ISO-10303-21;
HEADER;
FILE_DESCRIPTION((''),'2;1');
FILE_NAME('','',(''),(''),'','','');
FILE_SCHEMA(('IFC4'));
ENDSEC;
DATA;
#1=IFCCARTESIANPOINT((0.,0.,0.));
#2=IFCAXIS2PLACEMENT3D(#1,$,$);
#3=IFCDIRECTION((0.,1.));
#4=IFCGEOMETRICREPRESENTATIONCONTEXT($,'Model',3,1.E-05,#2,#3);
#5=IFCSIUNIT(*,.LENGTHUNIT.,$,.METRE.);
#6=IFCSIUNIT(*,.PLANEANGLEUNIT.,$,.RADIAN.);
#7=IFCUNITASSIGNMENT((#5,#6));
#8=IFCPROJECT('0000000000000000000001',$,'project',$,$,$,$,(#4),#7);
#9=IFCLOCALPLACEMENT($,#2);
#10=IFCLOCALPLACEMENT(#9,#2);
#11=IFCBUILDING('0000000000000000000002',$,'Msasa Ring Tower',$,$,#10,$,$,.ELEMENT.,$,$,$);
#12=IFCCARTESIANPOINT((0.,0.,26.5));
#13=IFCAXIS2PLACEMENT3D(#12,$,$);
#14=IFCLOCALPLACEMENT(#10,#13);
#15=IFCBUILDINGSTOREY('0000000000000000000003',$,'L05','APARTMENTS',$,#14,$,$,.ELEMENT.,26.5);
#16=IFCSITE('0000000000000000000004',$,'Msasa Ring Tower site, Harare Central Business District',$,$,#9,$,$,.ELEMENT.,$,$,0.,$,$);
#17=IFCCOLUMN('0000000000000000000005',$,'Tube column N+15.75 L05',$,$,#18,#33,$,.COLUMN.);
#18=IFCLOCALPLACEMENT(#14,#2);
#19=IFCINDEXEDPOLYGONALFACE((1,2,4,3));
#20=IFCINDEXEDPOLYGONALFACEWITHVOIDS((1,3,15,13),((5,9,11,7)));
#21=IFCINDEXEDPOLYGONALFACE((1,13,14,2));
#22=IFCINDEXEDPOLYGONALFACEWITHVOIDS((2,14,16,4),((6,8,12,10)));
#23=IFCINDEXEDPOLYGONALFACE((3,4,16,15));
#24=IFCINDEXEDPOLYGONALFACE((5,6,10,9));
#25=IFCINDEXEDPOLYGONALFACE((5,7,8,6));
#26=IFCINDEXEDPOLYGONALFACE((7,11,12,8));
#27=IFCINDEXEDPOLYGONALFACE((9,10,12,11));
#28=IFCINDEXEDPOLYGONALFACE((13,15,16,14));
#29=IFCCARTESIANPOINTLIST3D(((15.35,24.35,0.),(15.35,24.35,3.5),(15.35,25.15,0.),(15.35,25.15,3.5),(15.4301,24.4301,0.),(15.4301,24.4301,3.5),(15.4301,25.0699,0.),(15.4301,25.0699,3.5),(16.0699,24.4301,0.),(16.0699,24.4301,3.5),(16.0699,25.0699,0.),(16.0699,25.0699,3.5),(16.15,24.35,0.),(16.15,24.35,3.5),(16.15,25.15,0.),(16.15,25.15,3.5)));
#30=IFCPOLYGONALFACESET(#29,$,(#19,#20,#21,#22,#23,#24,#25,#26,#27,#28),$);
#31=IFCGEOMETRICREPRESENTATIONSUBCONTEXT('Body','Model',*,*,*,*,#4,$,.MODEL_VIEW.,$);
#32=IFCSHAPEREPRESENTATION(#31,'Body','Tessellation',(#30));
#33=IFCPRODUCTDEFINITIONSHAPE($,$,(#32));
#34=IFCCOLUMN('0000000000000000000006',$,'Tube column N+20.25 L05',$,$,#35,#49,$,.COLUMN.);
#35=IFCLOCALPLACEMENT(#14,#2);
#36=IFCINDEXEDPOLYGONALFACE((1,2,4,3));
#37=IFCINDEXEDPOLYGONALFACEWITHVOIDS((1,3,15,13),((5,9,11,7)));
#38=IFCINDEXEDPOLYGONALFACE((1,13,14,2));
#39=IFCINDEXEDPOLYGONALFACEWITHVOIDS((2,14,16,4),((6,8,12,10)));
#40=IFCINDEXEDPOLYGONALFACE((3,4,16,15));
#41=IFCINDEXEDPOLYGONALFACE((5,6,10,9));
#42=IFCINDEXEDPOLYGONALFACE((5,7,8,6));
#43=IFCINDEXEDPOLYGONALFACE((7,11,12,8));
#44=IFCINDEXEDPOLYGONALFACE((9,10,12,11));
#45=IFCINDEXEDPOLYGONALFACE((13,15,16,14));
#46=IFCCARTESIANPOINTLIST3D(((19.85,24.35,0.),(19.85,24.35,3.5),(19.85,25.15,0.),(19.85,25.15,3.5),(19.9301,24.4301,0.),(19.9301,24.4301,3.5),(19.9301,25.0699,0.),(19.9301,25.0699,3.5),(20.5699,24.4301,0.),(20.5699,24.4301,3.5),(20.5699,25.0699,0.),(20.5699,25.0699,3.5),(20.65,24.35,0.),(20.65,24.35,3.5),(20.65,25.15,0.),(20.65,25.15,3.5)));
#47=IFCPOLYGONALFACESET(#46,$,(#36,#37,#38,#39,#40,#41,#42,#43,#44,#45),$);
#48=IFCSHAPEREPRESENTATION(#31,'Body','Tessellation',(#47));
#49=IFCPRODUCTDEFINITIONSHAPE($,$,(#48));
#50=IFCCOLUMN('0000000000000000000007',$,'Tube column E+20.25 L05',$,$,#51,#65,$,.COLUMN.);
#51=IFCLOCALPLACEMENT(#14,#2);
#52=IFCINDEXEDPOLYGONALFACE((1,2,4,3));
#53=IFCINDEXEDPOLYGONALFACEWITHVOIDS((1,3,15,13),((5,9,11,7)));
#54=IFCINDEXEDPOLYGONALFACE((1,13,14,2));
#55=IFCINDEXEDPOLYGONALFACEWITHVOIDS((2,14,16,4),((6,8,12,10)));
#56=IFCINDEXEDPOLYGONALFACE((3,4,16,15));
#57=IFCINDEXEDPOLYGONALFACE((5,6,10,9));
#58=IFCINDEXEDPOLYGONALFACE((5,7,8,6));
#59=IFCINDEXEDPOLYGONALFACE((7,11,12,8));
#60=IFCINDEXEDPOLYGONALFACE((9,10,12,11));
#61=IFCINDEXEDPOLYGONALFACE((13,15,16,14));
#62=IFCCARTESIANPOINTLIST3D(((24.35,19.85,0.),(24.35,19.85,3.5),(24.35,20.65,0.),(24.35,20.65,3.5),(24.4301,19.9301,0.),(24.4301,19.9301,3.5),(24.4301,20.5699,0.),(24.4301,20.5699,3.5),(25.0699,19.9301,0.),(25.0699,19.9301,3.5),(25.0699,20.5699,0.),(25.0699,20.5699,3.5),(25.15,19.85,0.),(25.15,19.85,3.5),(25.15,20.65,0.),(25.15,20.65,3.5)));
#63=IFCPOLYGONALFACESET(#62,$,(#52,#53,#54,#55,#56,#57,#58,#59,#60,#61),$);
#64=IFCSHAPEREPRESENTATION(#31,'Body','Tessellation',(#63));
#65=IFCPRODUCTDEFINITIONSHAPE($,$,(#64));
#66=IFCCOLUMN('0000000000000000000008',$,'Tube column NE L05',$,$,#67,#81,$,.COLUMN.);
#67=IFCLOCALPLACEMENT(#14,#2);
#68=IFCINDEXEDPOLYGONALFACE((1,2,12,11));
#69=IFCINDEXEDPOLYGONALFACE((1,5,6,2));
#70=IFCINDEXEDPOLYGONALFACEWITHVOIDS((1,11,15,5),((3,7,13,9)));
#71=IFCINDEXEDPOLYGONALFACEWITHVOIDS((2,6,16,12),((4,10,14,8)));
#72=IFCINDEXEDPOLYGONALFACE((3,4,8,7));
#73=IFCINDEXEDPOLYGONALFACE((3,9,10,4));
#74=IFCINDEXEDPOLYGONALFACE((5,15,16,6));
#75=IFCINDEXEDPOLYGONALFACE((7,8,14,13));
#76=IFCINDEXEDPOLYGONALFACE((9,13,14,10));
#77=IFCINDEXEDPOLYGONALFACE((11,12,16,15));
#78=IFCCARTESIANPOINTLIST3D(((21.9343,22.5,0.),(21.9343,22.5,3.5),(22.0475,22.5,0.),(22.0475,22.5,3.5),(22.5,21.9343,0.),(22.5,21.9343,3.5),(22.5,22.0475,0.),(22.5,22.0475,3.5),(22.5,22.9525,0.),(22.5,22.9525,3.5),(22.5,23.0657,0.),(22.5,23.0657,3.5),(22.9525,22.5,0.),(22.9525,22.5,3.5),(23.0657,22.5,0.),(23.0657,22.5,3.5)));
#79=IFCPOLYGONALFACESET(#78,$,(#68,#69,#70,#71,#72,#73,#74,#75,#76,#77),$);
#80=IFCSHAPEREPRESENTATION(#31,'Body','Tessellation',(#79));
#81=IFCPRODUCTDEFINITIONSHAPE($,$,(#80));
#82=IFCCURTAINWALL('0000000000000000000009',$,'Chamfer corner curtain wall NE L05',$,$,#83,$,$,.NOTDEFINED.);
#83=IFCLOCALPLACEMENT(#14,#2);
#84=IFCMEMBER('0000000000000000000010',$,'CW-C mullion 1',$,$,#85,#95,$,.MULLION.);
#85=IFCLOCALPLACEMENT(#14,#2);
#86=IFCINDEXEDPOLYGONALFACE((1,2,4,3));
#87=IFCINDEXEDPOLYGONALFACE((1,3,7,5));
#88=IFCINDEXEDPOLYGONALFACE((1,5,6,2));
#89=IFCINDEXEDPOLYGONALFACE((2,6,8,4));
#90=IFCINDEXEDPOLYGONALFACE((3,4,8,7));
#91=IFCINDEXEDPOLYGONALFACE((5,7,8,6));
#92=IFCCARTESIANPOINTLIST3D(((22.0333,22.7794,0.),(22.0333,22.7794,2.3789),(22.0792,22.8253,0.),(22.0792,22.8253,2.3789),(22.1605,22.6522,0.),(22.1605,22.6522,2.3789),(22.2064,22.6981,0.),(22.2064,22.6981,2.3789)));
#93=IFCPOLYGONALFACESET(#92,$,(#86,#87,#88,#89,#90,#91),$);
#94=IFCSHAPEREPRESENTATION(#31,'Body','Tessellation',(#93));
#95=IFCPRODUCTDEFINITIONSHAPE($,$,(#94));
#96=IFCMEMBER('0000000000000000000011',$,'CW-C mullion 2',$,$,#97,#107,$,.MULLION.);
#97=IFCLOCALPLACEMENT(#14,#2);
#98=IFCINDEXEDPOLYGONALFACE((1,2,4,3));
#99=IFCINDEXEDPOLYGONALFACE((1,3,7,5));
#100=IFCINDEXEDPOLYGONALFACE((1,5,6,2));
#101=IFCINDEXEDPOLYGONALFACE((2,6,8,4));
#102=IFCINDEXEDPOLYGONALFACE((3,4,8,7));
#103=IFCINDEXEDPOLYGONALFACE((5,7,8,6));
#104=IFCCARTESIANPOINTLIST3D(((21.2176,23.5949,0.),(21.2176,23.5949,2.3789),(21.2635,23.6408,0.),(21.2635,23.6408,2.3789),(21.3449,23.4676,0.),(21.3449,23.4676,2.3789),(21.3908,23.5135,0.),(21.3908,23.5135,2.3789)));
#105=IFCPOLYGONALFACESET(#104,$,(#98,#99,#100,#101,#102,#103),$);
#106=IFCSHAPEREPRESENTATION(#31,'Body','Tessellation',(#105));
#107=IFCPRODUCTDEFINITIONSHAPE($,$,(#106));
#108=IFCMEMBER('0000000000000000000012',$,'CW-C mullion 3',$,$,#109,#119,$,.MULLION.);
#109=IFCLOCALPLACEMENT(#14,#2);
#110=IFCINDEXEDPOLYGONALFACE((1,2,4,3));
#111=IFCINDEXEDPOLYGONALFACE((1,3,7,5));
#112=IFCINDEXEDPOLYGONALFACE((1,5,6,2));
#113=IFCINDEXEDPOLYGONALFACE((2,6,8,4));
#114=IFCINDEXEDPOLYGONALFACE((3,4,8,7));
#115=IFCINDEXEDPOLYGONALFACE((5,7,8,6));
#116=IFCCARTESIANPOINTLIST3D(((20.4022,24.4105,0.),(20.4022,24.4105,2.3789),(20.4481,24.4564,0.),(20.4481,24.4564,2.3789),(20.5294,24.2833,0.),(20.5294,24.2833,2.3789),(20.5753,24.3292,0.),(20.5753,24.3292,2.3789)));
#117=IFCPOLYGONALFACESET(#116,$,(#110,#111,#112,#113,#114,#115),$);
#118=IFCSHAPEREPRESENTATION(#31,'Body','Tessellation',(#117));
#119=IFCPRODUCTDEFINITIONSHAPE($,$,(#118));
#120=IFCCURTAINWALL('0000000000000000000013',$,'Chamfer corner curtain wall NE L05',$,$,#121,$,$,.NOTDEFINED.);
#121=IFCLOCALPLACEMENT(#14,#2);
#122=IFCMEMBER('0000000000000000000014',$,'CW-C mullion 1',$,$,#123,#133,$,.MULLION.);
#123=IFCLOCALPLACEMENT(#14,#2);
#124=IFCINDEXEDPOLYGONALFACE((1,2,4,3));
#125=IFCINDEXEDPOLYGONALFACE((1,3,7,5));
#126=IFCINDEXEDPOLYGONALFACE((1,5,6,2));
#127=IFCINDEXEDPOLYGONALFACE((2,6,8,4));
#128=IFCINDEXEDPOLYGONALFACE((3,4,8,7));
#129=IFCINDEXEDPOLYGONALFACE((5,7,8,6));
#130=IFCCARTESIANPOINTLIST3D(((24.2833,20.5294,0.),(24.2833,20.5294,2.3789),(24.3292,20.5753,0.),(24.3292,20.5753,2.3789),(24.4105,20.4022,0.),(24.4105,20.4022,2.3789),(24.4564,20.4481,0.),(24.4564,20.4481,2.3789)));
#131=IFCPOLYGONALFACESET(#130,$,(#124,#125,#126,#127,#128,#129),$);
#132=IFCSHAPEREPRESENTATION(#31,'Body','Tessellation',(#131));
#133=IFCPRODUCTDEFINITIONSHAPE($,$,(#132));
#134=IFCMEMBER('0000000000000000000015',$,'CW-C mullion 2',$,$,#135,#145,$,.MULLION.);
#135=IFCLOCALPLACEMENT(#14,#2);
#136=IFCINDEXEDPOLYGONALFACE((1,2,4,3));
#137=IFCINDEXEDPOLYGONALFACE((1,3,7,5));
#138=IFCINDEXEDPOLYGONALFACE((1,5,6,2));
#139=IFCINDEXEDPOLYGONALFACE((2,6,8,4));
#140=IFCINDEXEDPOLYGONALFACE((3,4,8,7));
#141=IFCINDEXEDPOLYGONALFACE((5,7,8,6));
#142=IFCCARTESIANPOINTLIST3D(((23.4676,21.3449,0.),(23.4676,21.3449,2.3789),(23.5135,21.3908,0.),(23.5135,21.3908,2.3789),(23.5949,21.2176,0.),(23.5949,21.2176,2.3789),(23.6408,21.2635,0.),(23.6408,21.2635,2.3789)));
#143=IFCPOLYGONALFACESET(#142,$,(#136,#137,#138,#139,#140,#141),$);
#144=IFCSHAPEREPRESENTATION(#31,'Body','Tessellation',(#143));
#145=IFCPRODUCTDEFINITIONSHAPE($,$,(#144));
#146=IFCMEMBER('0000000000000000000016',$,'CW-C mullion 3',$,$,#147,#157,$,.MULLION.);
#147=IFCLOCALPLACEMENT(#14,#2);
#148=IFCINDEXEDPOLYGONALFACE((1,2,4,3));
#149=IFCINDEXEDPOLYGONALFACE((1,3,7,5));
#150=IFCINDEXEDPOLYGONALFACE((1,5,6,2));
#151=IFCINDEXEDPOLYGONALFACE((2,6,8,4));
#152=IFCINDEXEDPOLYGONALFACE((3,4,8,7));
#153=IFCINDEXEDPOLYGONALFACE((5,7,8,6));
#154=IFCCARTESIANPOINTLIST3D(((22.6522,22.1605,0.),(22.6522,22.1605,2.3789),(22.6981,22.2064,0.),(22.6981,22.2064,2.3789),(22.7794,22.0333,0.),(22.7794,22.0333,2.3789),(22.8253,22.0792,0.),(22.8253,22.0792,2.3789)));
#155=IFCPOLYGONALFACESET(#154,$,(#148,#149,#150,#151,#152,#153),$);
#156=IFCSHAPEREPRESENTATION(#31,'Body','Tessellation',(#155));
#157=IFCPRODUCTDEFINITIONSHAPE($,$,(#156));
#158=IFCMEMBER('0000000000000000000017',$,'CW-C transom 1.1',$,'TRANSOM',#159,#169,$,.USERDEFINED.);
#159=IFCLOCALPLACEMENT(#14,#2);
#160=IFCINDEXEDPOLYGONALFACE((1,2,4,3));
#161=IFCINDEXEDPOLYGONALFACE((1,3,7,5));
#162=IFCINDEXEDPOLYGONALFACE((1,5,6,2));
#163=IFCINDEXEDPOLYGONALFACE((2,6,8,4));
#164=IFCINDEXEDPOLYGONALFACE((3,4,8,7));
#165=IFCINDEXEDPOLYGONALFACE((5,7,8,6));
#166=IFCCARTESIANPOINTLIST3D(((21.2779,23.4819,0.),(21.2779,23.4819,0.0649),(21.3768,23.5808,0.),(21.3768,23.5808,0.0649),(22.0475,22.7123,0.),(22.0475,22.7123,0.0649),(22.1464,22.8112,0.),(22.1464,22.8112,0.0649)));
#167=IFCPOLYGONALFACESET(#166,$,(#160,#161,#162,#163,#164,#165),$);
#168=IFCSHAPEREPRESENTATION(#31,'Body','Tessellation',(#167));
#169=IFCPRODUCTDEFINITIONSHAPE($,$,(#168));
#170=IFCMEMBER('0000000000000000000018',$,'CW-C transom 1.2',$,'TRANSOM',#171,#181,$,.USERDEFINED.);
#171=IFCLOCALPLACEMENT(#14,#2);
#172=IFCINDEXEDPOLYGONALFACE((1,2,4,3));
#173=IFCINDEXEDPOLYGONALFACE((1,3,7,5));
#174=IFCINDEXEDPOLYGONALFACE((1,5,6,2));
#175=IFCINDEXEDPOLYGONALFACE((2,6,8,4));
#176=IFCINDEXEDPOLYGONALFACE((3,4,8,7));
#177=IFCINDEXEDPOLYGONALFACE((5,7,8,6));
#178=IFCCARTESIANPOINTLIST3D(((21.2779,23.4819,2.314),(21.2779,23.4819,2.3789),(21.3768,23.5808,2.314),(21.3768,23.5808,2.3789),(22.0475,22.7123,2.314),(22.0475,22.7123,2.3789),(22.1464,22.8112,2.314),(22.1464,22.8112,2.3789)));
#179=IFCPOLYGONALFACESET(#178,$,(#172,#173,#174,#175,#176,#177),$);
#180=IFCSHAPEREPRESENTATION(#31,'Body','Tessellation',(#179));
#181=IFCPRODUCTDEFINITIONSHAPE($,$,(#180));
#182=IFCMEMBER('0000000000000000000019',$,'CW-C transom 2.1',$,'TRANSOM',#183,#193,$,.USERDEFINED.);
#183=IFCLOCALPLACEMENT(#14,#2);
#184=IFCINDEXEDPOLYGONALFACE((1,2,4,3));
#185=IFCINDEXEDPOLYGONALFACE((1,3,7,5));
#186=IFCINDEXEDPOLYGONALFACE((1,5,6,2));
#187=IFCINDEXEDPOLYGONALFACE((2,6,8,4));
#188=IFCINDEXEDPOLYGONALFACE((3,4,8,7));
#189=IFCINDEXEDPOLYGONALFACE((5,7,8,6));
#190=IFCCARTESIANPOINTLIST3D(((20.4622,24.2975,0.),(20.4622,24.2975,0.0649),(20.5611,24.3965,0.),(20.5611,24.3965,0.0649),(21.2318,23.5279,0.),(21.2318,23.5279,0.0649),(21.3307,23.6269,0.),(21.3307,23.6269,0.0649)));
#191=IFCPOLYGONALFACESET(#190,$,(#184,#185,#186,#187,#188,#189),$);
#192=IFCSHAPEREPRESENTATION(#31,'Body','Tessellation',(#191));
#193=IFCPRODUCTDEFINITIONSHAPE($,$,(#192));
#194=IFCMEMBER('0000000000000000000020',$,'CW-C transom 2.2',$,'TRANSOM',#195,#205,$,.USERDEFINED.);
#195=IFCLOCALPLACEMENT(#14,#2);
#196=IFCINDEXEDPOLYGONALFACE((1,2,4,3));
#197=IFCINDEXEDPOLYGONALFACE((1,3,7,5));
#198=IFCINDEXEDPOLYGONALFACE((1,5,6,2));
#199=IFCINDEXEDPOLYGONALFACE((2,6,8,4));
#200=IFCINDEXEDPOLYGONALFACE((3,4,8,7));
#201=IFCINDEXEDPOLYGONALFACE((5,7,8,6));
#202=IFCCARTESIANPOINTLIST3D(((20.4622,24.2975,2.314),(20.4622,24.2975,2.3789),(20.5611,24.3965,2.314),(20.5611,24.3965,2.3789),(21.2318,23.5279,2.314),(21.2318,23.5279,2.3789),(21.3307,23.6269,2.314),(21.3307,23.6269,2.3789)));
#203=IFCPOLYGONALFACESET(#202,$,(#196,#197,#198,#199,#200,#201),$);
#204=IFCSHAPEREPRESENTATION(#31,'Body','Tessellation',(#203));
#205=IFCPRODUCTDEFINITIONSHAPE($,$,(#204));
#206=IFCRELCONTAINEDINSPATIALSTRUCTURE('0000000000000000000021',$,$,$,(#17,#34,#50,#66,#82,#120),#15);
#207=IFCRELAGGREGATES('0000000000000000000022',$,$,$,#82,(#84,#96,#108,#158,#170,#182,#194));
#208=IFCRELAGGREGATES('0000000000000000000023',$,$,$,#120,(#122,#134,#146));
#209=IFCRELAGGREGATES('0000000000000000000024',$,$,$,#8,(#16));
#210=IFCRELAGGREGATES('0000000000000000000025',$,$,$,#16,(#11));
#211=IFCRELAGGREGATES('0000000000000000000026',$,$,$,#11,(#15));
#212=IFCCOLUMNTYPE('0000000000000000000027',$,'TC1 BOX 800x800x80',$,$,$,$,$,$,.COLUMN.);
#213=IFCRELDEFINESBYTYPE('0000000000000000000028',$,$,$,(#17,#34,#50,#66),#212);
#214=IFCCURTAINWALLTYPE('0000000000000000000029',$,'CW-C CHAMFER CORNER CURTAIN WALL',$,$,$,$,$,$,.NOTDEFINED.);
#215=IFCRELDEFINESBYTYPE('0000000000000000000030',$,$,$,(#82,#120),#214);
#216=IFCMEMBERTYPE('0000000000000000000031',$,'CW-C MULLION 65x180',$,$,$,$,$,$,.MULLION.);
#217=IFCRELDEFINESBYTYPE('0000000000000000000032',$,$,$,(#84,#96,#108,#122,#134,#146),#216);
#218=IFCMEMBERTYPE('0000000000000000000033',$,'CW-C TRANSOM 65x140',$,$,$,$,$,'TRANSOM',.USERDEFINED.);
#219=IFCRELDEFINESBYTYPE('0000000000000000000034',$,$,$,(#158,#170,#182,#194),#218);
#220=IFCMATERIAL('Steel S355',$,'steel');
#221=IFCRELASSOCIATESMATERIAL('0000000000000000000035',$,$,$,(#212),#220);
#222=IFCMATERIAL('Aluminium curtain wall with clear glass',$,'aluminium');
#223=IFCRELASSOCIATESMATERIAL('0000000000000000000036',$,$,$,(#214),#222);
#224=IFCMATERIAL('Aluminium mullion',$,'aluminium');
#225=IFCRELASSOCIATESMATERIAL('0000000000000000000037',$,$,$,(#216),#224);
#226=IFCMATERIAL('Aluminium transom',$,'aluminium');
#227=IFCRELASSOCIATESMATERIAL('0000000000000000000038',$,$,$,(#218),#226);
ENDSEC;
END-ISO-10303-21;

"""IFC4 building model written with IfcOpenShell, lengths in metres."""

from ifc_helpers import new_model, si_unit, direction, frame, origin, origin_2d, place, context, subcontext, project, spatial, rectangle, hollow_rectangle, extrude, material, material_profile, profile_set, type_object, element, aggregate, save


model = new_model("IFC4")

# Units and contexts
model_context = context("Model", 3, precision=1e-05, world=origin(), true_north=direction((0.0, 1.0)))
body_context = subcontext(model_context, "Body", "Model", "MODEL_VIEW")
ifc_project = project(units=[si_unit("LENGTHUNIT", "METRE"), si_unit("PLANEANGLEUNIT", "RADIAN")], contexts=[model_context])

# Site, building, storey
site_placement = place(None, origin())
site = spatial("IfcSite", under=ifc_project, at=site_placement, Name="Msasa Ring Tower site, Harare Central Business District", CompositionType="ELEMENT", RefElevation=0.0)
building_placement = place(site_placement, origin())
building = spatial("IfcBuilding", under=site, at=building_placement, Name="Msasa Ring Tower", CompositionType="ELEMENT")
storey_placement = place(building_placement, frame((0.0, 0.0, 26.5)))
storey = spatial("IfcBuildingStorey", under=building, at=storey_placement, Name="L05", Description="APARTMENTS", CompositionType="ELEMENT", Elevation=26.5)

# Columns
ifc_material_1 = material(Name="Steel S355", Category="steel")
ifc_material_profile_1 = material_profile(ifc_material_1, hollow_rectangle(XDim=0.8, YDim=0.8, WallThickness=0.0801, at=origin_2d()), Name="BOX 800x800x80")
ifc_profile_set_1 = profile_set([ifc_material_profile_1], Name="Steel S355")
column_type = type_object("IfcColumnType", Name="TC1 BOX 800x800x80", PredefinedType="COLUMN", material=ifc_profile_set_1)
for number, where, z_axis, x_axis, name in (
    (1, (15.75, 24.75, 0.0), (0.0, 0.0, 1.0), (0.0, 1.0, 0.0), "Tube column N+15.75 L05"),
    (2, (20.25, 24.75, 0.0), (0.0, 0.0, 1.0), (0.0, 1.0, 0.0), "Tube column N+20.25 L05"),
    (3, (24.75, 20.25, 0.0), (0.0, 0.0, 1.0), (1.0, 0.0, 0.0), "Tube column E+20.25 L05"),
    (4, (22.5, 22.5, 0.0), (0.0, 0.0, 1.0), (0.707107, 0.707107, 0.0), "Tube column NE L05"),
):
    element("IfcColumn", number, at=place(storey_placement, frame(where, z_axis=z_axis, x_axis=x_axis)), inside=storey, type_object=column_type, Name=name, PredefinedType="COLUMN", context=body_context, shape_type="SweptSolid", body=[
        extrude(hollow_rectangle(XDim=0.8, YDim=0.8, WallThickness=0.0801, at=origin_2d()), origin(), (0.0, 0.0, 1.0), 3.5),
    ])

# Curtain walls, members
ifc_material_2 = material(Name="Aluminium curtain wall with clear glass", Category="aluminium")
curtain_wall_type = type_object("IfcCurtainWallType", Name="CW-C CHAMFER CORNER CURTAIN WALL", PredefinedType="NOTDEFINED", material=ifc_material_2)
curtain_wall_1_placement = place(storey_placement, origin())
curtain_wall_1 = element("IfcCurtainWall", 5, at=curtain_wall_1_placement, inside=storey, type_object=curtain_wall_type, Name="Chamfer corner curtain wall NE L05", PredefinedType="NOTDEFINED")
ifc_material_3 = material(Name="Aluminium mullion", Category="aluminium")
ifc_material_profile_2 = material_profile(ifc_material_3, rectangle(XDim=0.0649, YDim=0.1799, at=origin_2d()), Name="AL 65x180")
ifc_profile_set_2 = profile_set([ifc_material_profile_2], Name="Aluminium mullion")
member_type_1 = type_object("IfcMemberType", Name="CW-C MULLION 65x180", PredefinedType="MULLION", material=ifc_profile_set_2)
member_1_placement = place(storey_placement, frame((22.1199, 22.7388, 0.0), z_axis=(0.0, 0.0, 1.0), x_axis=(-0.707107, -0.707107, 0.0)))
member_1 = element("IfcMember", 6, at=member_1_placement, type_object=member_type_1, Name="CW-C mullion 1", PredefinedType="MULLION", context=body_context, shape_type="SweptSolid", body=[
    extrude(rectangle(XDim=0.0649, YDim=0.1799, at=origin_2d()), origin(), (0.0, 0.0, 1.0), 2.3789),
])
member_2_placement = place(storey_placement, frame((21.3042, 23.5542, 0.0), z_axis=(0.0, 0.0, 1.0), x_axis=(-0.707107, -0.707107, 0.0)))
member_2 = element("IfcMember", 7, at=member_2_placement, type_object=member_type_1, Name="CW-C mullion 2", PredefinedType="MULLION", context=body_context, shape_type="SweptSolid", body=[
    extrude(rectangle(XDim=0.0649, YDim=0.1799, at=origin_2d()), origin(), (0.0, 0.0, 1.0), 2.3789),
])
member_3_placement = place(storey_placement, frame((20.4888, 24.3699, 0.0), z_axis=(0.0, 0.0, 1.0), x_axis=(-0.707107, -0.707107, 0.0)))
member_3 = element("IfcMember", 8, at=member_3_placement, type_object=member_type_1, Name="CW-C mullion 3", PredefinedType="MULLION", context=body_context, shape_type="SweptSolid", body=[
    extrude(rectangle(XDim=0.0649, YDim=0.1799, at=origin_2d()), origin(), (0.0, 0.0, 1.0), 2.3789),
])
curtain_wall_2_placement = place(storey_placement, origin())
curtain_wall_2 = element("IfcCurtainWall", 9, at=curtain_wall_2_placement, inside=storey, type_object=curtain_wall_type, Name="Chamfer corner curtain wall NE L05", PredefinedType="NOTDEFINED")
member_4_placement = place(storey_placement, frame((24.3699, 20.4888, 0.0), z_axis=(0.0, 0.0, 1.0), x_axis=(-0.707107, -0.707107, 0.0)))
member_4 = element("IfcMember", 10, at=member_4_placement, type_object=member_type_1, Name="CW-C mullion 1", PredefinedType="MULLION", context=body_context, shape_type="SweptSolid", body=[
    extrude(rectangle(XDim=0.0649, YDim=0.1799, at=origin_2d()), origin(), (0.0, 0.0, 1.0), 2.3789),
])
member_5_placement = place(storey_placement, frame((23.5542, 21.3042, 0.0), z_axis=(0.0, 0.0, 1.0), x_axis=(-0.707107, -0.707107, 0.0)))
member_5 = element("IfcMember", 11, at=member_5_placement, type_object=member_type_1, Name="CW-C mullion 2", PredefinedType="MULLION", context=body_context, shape_type="SweptSolid", body=[
    extrude(rectangle(XDim=0.0649, YDim=0.1799, at=origin_2d()), origin(), (0.0, 0.0, 1.0), 2.3789),
])
member_6_placement = place(storey_placement, frame((22.7388, 22.1199, 0.0), z_axis=(0.0, 0.0, 1.0), x_axis=(-0.707107, -0.707107, 0.0)))
member_6 = element("IfcMember", 12, at=member_6_placement, type_object=member_type_1, Name="CW-C mullion 3", PredefinedType="MULLION", context=body_context, shape_type="SweptSolid", body=[
    extrude(rectangle(XDim=0.0649, YDim=0.1799, at=origin_2d()), origin(), (0.0, 0.0, 1.0), 2.3789),
])

# Members
ifc_material_4 = material(Name="Aluminium transom", Category="aluminium")
ifc_material_profile_3 = material_profile(ifc_material_4, rectangle(XDim=0.1399, YDim=0.0649, at=origin_2d()), Name="AL 65x140")
ifc_profile_set_3 = profile_set([ifc_material_profile_3], Name="Aluminium transom")
member_type_2 = type_object("IfcMemberType", Name="CW-C TRANSOM 65x140", ElementType="TRANSOM", PredefinedType="USERDEFINED", material=ifc_profile_set_3)
member_7_placement = place(storey_placement, frame((22.0969, 22.7617, 0.0325), z_axis=(-0.707107, 0.707107, 0.0), x_axis=(-0.707107, -0.707107, 0.0)))
member_7 = element("IfcMember", 13, at=member_7_placement, type_object=member_type_2, Name="CW-C transom 1.1", ObjectType="TRANSOM", PredefinedType="USERDEFINED", context=body_context, shape_type="SweptSolid", body=[
    extrude(rectangle(XDim=0.1399, YDim=0.0649, at=origin_2d()), origin(), (0.0, 0.0, 1.0), 1.0884),
])
member_8_placement = place(storey_placement, frame((22.0969, 22.7617, 2.3464), z_axis=(-0.707107, 0.707107, 0.0), x_axis=(-0.707107, -0.707107, 0.0)))
member_8 = element("IfcMember", 14, at=member_8_placement, type_object=member_type_2, Name="CW-C transom 1.2", ObjectType="TRANSOM", PredefinedType="USERDEFINED", context=body_context, shape_type="SweptSolid", body=[
    extrude(rectangle(XDim=0.1399, YDim=0.0649, at=origin_2d()), origin(), (0.0, 0.0, 1.0), 1.0884),
])
member_9_placement = place(storey_placement, frame((21.2812, 23.5774, 0.0325), z_axis=(-0.707107, 0.707107, 0.0), x_axis=(-0.707107, -0.707107, 0.0)))
member_9 = element("IfcMember", 15, at=member_9_placement, type_object=member_type_2, Name="CW-C transom 2.1", ObjectType="TRANSOM", PredefinedType="USERDEFINED", context=body_context, shape_type="SweptSolid", body=[
    extrude(rectangle(XDim=0.1399, YDim=0.0649, at=origin_2d()), origin(), (0.0, 0.0, 1.0), 1.0884),
])
member_10_placement = place(storey_placement, frame((21.2812, 23.5774, 2.3464), z_axis=(-0.707107, 0.707107, 0.0), x_axis=(-0.707107, -0.707107, 0.0)))
member_10 = element("IfcMember", 16, at=member_10_placement, type_object=member_type_2, Name="CW-C transom 2.2", ObjectType="TRANSOM", PredefinedType="USERDEFINED", context=body_context, shape_type="SweptSolid", body=[
    extrude(rectangle(XDim=0.1399, YDim=0.0649, at=origin_2d()), origin(), (0.0, 0.0, 1.0), 1.0884),
])

aggregate(curtain_wall_1, [member_1, member_2, member_3, member_7, member_8, member_9, member_10])
aggregate(curtain_wall_2, [member_4, member_5, member_6])

save(model, "model.ifc")
